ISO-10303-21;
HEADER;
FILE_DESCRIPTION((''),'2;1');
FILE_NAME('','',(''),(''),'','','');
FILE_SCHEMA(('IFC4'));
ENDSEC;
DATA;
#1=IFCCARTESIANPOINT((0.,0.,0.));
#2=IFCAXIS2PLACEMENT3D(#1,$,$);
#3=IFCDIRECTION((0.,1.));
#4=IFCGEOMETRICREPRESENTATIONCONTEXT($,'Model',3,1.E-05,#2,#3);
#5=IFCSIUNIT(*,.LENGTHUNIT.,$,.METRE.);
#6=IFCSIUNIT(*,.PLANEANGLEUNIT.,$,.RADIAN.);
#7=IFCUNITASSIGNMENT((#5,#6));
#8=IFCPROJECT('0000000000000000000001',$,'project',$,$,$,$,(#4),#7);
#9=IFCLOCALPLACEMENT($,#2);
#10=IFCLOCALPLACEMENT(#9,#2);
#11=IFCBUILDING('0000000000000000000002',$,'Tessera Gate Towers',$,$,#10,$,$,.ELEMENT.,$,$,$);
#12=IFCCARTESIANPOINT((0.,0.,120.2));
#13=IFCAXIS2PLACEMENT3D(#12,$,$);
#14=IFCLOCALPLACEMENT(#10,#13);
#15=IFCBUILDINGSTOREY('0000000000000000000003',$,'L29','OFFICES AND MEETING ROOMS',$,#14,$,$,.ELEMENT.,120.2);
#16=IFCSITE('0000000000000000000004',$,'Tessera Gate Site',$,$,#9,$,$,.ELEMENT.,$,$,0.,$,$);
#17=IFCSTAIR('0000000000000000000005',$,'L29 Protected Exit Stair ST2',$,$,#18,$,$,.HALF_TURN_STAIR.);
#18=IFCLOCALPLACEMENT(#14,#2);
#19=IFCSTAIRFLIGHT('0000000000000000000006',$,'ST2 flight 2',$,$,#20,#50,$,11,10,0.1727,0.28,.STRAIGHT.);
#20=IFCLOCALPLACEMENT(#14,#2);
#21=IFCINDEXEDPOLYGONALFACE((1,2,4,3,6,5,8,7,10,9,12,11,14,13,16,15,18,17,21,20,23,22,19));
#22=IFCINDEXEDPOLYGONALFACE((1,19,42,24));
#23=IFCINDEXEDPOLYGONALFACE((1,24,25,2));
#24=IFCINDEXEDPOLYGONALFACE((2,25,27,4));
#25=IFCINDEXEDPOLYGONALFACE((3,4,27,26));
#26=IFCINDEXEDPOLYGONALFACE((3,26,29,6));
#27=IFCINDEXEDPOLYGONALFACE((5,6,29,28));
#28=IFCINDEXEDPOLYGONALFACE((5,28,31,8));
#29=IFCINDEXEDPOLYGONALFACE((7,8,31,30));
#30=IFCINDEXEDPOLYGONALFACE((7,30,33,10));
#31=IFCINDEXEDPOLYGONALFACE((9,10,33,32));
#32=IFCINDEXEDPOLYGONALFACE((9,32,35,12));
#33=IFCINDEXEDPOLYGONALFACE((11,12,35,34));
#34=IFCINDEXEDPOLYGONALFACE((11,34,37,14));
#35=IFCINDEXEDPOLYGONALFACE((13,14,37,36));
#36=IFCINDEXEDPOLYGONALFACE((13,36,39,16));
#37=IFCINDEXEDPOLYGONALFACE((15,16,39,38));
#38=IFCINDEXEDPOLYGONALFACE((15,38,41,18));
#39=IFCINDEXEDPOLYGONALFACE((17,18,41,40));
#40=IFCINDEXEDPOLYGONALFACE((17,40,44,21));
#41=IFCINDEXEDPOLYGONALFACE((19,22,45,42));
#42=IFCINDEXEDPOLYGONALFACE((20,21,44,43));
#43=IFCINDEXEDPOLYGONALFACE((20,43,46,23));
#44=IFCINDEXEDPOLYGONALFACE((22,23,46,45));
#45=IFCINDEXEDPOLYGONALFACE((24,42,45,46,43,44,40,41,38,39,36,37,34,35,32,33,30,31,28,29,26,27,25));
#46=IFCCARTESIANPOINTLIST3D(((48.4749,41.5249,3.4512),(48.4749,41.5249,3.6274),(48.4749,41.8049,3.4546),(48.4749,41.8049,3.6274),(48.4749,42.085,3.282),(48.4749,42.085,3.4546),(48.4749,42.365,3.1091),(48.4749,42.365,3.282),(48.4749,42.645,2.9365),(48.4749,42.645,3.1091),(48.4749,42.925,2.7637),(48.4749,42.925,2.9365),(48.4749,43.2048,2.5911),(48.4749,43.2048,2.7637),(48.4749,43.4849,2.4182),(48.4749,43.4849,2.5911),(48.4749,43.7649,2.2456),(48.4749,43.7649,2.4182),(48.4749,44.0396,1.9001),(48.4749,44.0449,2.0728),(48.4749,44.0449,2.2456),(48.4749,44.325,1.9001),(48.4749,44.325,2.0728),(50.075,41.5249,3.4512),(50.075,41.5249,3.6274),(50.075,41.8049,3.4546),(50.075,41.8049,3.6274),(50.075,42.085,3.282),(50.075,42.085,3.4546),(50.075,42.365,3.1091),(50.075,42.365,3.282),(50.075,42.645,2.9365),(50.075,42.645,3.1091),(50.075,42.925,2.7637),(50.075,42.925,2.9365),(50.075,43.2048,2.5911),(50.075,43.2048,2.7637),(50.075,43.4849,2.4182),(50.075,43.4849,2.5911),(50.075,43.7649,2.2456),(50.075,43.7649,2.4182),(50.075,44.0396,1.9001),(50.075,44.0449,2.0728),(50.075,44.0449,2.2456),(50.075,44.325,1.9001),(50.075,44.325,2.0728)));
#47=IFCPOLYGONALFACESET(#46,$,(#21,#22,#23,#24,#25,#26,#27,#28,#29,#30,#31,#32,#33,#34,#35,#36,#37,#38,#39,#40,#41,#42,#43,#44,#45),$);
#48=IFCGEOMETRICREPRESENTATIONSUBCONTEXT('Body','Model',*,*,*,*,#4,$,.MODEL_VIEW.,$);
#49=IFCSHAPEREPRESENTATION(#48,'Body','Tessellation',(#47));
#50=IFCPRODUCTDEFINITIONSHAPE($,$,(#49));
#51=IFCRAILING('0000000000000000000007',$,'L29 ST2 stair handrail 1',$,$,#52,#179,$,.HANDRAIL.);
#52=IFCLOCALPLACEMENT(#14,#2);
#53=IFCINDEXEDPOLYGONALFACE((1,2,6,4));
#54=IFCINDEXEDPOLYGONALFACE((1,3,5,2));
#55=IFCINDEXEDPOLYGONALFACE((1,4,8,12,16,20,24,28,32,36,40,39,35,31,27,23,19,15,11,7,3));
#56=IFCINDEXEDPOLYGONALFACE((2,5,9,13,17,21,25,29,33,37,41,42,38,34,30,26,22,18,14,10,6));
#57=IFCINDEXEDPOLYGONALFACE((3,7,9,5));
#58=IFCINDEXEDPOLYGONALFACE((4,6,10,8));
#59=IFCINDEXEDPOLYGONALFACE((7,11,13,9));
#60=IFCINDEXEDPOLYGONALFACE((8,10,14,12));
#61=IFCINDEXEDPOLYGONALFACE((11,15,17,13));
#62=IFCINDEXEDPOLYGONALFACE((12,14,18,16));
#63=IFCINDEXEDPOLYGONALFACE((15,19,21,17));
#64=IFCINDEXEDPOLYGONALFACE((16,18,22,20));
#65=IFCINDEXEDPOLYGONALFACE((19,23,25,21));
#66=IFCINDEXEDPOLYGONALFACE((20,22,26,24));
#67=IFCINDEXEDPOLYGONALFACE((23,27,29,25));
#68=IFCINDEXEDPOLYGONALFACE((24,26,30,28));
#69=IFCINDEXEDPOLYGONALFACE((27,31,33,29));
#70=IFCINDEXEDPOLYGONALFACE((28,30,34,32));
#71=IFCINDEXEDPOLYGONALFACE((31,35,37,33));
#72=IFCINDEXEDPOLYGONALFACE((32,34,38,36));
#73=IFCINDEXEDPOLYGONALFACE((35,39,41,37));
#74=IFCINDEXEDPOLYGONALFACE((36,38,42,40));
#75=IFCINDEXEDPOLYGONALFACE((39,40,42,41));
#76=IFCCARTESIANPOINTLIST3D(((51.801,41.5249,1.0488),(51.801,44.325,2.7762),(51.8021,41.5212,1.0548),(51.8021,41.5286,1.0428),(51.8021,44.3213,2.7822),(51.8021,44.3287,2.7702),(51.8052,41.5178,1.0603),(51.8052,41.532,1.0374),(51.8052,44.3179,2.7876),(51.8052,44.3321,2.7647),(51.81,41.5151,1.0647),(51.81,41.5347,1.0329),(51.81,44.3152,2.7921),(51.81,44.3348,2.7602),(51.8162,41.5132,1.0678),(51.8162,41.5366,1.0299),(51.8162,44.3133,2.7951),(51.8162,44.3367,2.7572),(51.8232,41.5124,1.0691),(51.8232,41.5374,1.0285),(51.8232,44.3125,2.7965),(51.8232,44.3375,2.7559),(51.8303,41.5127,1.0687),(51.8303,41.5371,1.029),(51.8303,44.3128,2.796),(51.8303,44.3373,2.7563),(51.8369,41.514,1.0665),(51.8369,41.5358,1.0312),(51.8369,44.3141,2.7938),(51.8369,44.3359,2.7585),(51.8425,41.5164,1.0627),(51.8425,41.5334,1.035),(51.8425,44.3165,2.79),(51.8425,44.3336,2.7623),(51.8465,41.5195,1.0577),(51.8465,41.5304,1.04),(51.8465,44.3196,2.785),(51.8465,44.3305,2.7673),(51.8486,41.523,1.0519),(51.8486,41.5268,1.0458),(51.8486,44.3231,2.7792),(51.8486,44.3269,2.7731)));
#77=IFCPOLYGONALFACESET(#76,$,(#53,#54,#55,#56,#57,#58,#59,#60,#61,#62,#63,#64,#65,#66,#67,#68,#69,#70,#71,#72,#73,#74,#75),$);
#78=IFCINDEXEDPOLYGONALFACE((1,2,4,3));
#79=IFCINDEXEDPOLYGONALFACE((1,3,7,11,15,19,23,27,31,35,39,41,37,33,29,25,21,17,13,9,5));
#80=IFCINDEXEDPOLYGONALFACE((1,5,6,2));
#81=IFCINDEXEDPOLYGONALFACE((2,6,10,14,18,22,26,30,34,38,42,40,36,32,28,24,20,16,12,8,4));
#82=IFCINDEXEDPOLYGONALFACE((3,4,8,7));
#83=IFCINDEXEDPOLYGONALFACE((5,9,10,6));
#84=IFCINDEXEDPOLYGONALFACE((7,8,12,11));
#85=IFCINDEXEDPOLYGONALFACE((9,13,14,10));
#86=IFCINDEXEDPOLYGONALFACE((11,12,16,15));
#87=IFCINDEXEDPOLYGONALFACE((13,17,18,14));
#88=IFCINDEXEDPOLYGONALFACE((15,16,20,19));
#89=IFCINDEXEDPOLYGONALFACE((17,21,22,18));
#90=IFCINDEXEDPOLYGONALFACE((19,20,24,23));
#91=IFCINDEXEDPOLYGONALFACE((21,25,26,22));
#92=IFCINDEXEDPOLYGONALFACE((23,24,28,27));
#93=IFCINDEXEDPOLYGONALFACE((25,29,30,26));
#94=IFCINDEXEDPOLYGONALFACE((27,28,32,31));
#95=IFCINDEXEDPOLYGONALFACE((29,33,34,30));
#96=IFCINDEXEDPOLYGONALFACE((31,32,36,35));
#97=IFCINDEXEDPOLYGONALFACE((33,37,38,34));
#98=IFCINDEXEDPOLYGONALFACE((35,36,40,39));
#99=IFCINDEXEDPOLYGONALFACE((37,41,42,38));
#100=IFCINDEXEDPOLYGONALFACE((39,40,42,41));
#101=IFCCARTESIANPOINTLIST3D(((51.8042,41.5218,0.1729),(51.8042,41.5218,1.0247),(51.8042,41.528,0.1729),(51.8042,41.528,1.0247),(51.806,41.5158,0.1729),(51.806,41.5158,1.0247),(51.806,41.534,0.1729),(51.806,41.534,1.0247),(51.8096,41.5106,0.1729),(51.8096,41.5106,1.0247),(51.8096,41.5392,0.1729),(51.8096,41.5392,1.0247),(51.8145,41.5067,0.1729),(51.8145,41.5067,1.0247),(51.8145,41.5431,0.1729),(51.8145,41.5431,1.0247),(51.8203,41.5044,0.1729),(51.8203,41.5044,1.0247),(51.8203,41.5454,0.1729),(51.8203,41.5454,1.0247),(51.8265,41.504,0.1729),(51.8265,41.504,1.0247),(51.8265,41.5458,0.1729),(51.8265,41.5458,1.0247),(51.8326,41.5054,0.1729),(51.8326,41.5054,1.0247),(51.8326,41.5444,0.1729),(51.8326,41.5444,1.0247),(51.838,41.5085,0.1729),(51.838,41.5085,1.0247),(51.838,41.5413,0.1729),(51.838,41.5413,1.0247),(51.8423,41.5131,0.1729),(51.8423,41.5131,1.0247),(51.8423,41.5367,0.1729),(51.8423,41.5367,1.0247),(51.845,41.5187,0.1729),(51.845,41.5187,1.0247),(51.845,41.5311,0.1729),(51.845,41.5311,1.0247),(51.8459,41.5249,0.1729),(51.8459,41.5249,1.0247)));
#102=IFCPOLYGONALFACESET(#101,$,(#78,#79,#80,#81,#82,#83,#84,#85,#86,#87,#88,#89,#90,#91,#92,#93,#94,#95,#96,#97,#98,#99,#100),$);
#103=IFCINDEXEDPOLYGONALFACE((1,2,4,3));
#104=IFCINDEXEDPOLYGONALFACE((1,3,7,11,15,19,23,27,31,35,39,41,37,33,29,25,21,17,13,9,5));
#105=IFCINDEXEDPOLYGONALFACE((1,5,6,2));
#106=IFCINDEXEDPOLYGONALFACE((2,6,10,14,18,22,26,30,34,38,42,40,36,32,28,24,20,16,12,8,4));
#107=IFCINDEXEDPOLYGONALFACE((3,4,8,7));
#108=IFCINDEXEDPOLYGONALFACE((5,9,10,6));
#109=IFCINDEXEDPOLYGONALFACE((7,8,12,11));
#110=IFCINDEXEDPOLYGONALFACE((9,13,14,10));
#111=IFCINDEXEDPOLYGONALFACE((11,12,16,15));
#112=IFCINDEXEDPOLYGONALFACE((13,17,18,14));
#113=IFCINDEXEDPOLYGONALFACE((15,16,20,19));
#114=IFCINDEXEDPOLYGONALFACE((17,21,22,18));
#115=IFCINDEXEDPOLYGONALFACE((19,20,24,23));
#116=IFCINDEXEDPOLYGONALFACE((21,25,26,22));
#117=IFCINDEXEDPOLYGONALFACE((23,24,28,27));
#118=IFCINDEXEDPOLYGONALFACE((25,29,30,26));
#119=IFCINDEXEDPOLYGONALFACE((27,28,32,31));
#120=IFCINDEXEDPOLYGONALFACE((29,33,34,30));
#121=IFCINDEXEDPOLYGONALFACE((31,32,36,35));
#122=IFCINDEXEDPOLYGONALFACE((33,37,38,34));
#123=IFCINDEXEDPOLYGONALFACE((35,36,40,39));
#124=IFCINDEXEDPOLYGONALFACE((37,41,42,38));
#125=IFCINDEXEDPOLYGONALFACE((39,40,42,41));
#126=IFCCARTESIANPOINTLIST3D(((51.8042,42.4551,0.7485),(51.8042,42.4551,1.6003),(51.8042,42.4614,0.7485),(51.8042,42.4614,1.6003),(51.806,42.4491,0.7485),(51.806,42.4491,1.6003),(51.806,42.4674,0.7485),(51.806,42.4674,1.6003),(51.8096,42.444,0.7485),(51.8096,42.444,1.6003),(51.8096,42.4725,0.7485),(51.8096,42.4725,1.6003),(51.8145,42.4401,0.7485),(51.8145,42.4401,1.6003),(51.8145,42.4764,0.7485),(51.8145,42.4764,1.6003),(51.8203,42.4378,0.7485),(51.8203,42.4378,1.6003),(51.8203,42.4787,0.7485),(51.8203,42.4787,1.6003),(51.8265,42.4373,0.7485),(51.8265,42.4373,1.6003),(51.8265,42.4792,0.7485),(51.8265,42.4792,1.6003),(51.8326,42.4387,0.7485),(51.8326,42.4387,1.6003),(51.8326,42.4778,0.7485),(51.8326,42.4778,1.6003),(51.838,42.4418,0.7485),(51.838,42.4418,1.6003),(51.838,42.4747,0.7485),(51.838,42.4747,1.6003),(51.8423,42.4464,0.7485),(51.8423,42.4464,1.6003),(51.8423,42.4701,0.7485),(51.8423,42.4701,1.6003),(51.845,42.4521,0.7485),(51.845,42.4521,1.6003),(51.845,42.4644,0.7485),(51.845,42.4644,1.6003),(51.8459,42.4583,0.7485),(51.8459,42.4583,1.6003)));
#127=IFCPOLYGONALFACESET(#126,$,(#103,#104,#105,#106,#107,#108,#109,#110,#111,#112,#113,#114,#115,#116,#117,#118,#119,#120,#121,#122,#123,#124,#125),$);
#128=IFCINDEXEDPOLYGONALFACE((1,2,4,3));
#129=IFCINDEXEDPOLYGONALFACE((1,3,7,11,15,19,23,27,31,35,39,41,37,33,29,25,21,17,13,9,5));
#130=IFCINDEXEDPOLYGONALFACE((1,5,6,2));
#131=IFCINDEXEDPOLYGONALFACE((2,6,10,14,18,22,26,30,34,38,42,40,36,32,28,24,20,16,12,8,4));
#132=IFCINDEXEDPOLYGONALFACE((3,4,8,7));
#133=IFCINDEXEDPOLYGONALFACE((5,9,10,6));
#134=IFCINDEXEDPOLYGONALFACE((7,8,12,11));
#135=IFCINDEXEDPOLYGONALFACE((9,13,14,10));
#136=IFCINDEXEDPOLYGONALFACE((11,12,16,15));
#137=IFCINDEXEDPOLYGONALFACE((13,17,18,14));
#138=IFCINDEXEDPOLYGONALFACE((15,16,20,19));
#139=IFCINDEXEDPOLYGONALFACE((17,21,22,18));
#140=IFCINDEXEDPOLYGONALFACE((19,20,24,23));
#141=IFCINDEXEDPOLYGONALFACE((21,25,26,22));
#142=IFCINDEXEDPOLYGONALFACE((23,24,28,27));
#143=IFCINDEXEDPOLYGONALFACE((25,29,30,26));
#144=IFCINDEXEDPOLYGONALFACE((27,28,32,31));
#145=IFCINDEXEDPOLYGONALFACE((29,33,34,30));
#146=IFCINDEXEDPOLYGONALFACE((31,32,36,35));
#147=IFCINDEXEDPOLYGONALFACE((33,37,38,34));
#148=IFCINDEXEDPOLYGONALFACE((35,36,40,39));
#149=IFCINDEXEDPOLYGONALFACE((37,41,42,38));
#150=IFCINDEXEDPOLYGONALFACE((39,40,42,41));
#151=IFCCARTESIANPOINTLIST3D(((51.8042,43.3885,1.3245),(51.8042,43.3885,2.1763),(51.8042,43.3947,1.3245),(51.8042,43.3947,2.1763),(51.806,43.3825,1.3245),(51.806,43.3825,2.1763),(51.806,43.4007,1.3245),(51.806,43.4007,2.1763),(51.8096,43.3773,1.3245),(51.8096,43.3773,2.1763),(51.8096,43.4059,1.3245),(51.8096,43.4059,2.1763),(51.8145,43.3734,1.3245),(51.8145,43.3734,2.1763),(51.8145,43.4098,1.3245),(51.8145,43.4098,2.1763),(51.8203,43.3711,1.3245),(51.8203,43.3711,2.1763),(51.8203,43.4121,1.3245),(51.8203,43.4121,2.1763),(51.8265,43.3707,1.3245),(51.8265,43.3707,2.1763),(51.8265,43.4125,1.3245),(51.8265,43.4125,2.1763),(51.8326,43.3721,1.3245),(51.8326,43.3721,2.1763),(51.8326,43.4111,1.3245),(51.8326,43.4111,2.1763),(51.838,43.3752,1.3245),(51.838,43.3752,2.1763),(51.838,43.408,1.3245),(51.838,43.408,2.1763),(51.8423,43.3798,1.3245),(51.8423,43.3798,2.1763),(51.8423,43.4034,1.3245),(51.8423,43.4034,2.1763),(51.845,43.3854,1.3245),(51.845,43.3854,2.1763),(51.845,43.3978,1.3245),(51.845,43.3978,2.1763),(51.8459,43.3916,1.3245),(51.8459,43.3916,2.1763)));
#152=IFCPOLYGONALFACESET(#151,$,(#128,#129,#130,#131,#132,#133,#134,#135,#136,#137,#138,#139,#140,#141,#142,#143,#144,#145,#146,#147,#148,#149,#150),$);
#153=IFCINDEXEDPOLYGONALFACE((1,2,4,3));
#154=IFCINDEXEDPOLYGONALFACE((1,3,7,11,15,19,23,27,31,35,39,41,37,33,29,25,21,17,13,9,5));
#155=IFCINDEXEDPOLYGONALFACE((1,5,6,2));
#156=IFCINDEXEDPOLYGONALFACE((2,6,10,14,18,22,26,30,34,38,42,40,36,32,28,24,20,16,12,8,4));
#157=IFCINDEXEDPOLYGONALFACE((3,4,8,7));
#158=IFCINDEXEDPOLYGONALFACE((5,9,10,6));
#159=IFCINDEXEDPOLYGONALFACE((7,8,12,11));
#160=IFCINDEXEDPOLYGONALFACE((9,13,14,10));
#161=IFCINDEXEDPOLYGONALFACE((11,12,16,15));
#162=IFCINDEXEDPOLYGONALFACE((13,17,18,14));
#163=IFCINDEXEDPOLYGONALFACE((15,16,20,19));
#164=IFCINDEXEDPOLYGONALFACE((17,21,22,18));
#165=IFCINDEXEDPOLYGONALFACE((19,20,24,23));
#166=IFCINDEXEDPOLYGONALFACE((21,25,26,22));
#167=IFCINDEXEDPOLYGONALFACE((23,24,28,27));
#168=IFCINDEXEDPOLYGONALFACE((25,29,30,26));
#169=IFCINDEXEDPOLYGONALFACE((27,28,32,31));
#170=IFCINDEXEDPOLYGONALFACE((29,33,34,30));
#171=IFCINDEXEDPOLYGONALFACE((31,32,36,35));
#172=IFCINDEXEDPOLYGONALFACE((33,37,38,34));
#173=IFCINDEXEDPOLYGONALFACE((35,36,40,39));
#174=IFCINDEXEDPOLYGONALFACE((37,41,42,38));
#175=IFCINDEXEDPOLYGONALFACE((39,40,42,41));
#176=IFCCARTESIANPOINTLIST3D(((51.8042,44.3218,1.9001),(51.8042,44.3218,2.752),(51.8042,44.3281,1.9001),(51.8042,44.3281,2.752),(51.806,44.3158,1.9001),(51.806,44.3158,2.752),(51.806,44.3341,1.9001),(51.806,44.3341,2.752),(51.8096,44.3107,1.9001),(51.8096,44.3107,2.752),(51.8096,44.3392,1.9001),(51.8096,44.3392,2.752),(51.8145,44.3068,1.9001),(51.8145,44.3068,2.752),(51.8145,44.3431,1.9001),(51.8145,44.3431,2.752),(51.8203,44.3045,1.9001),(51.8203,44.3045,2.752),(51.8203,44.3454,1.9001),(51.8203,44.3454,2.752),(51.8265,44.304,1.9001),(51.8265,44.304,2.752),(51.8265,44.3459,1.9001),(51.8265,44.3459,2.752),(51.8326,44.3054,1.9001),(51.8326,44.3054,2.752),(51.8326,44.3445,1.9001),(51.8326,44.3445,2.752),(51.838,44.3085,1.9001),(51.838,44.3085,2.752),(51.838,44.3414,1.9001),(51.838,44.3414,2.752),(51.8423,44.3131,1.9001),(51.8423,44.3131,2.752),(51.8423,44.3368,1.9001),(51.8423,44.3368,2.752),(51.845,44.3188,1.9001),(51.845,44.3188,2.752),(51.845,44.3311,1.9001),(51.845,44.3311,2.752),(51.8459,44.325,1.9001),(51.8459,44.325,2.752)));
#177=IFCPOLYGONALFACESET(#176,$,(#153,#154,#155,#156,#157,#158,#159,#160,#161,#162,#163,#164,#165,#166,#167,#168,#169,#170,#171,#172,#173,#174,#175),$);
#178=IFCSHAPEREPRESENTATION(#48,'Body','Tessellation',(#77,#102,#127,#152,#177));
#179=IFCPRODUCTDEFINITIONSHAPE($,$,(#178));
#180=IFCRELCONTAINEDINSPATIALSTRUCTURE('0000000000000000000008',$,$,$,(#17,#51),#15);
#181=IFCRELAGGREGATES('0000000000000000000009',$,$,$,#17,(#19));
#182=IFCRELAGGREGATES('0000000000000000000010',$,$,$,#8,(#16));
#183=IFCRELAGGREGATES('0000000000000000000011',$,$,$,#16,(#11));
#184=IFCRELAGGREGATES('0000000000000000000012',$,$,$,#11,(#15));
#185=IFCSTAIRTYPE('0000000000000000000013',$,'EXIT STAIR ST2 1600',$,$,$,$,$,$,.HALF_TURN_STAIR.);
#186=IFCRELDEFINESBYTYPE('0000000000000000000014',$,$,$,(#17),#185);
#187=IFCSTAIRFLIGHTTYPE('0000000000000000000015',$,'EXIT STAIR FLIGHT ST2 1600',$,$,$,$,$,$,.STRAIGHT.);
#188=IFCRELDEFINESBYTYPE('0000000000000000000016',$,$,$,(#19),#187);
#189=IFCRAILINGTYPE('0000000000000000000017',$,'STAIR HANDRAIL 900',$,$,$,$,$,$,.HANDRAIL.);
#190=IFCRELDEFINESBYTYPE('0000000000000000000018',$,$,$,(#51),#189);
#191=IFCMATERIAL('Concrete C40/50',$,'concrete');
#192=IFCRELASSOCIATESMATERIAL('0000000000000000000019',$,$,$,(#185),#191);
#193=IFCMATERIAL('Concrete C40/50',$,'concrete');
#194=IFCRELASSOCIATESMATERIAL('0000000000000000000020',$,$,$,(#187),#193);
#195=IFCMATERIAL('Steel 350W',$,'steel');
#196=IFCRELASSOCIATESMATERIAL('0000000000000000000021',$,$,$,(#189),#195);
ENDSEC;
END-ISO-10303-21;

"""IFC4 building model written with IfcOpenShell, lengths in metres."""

from ifc_helpers import new_model, si_unit, direction, frame, origin, origin_2d, place, context, subcontext, project, spatial, polyline, circle, outline, extrude, material, type_object, element, aggregate, save


model = new_model("IFC4")

# Units and contexts
model_context = context("Model", 3, precision=1e-05, world=origin(), true_north=direction((0.0, 1.0)))
body_context = subcontext(model_context, "Body", "Model", "MODEL_VIEW")
ifc_project = project(units=[si_unit("LENGTHUNIT", "METRE"), si_unit("PLANEANGLEUNIT", "RADIAN")], contexts=[model_context])

# Site, building, storey
site_placement = place(None, origin())
site = spatial("IfcSite", under=ifc_project, at=site_placement, Name="Tessera Gate Site", CompositionType="ELEMENT", RefElevation=0.0)
building_placement = place(site_placement, origin())
building = spatial("IfcBuilding", under=site, at=building_placement, Name="Tessera Gate Towers", CompositionType="ELEMENT")
storey_placement = place(building_placement, frame((0.0, 0.0, 120.2)))
storey = spatial("IfcBuildingStorey", under=building, at=storey_placement, Name="L29", Description="OFFICES AND MEETING ROOMS", CompositionType="ELEMENT", Elevation=120.2)

# Stair, stair flight
ifc_material_1 = material(Name="Concrete C40/50", Category="concrete")
stair_type = type_object("IfcStairType", Name="EXIT STAIR ST2 1600", PredefinedType="HALF_TURN_STAIR", material=ifc_material_1)
stair_placement = place(storey_placement, origin())
stair = element("IfcStair", 1, at=stair_placement, inside=storey, type_object=stair_type, Name="L29 Protected Exit Stair ST2", PredefinedType="HALF_TURN_STAIR")
ifc_material_2 = material(Name="Concrete C40/50", Category="concrete")
stair_flight_type = type_object("IfcStairFlightType", Name="EXIT STAIR FLIGHT ST2 1600", PredefinedType="STRAIGHT", material=ifc_material_2)
stair_flight_1_placement = place(storey_placement, frame((49.2749, 44.325, 1.9001), z_axis=(0.0, 0.0, 1.0), x_axis=(0.0, -1.0, 0.0)))
stair_flight_1 = element("IfcStairFlight", 2, at=stair_flight_1_placement, type_object=stair_flight_type, Name="ST2 flight 2", NumberOfRisers=11, NumberOfTreads=10, PredefinedType="STRAIGHT", RiserHeight=0.1727, TreadLength=0.28, context=body_context, shape_type="SweptSolid", body=[
    extrude(outline(polyline([(0.0, 0.0), (0.0, 0.1726), (0.28, 0.1726), (0.28, 0.3455), (0.5601, 0.3455), (0.5601, 0.5181), (0.8401, 0.5181), (0.8401, 0.6909), (1.1201, 0.6909), (1.1201, 0.8635), (1.3999, 0.8635), (1.3999, 1.0364), (1.6799, 1.0364), (1.6799, 1.209), (1.96, 1.209), (1.96, 1.3818), (2.24, 1.3818), (2.24, 1.5544), (2.52, 1.5544), (2.52, 1.7273), (2.8, 1.7273), (2.8, 1.8999), (2.8, 1.551), (0.2854, 0.0), (0.0, 0.0)])), frame((0.0, 0.8, 0.0), z_axis=(0.0, -1.0, 0.0), x_axis=(1.0, 0.0, 0.0)), (0.0, 0.0, 1.0), 1.6001),
])
aggregate(stair, [stair_flight_1])

# Railing
ifc_material_3 = material(Name="Steel 350W", Category="steel")
railing_type_1 = type_object("IfcRailingType", Name="STAIR HANDRAIL 900", PredefinedType="HANDRAIL", material=ifc_material_3)
railing_1_placement = place(storey_placement, frame((51.825, 41.5249, 0.1729)))
element("IfcRailing", 3, at=railing_1_placement, inside=storey, type_object=railing_type_1, Name="L29 ST2 stair handrail 1", PredefinedType="HANDRAIL", context=body_context, shape_type="SweptSolid", body=[
    extrude(circle(Radius=0.0239, at=origin_2d()), frame((0.0, 0.0, 0.876), z_axis=(0.0, 0.85109, 0.52502), x_axis=(-1.0, 0.0, 0.0)), (0.0, 0.0, 1.0), 3.29),
    extrude(circle(Radius=0.021, at=origin_2d()), origin(), (0.0, 0.0, 1.0), 0.8518),
    extrude(circle(Radius=0.021, at=origin_2d()), frame((0.0, 0.9333, 0.5757)), (0.0, 0.0, 1.0), 0.8518),
    extrude(circle(Radius=0.021, at=origin_2d()), frame((0.0, 1.8667, 1.1516)), (0.0, 0.0, 1.0), 0.8518),
    extrude(circle(Radius=0.021, at=origin_2d()), frame((0.0, 2.8, 1.7273)), (0.0, 0.0, 1.0), 0.8518),
])

save(model, "model.ifc")
